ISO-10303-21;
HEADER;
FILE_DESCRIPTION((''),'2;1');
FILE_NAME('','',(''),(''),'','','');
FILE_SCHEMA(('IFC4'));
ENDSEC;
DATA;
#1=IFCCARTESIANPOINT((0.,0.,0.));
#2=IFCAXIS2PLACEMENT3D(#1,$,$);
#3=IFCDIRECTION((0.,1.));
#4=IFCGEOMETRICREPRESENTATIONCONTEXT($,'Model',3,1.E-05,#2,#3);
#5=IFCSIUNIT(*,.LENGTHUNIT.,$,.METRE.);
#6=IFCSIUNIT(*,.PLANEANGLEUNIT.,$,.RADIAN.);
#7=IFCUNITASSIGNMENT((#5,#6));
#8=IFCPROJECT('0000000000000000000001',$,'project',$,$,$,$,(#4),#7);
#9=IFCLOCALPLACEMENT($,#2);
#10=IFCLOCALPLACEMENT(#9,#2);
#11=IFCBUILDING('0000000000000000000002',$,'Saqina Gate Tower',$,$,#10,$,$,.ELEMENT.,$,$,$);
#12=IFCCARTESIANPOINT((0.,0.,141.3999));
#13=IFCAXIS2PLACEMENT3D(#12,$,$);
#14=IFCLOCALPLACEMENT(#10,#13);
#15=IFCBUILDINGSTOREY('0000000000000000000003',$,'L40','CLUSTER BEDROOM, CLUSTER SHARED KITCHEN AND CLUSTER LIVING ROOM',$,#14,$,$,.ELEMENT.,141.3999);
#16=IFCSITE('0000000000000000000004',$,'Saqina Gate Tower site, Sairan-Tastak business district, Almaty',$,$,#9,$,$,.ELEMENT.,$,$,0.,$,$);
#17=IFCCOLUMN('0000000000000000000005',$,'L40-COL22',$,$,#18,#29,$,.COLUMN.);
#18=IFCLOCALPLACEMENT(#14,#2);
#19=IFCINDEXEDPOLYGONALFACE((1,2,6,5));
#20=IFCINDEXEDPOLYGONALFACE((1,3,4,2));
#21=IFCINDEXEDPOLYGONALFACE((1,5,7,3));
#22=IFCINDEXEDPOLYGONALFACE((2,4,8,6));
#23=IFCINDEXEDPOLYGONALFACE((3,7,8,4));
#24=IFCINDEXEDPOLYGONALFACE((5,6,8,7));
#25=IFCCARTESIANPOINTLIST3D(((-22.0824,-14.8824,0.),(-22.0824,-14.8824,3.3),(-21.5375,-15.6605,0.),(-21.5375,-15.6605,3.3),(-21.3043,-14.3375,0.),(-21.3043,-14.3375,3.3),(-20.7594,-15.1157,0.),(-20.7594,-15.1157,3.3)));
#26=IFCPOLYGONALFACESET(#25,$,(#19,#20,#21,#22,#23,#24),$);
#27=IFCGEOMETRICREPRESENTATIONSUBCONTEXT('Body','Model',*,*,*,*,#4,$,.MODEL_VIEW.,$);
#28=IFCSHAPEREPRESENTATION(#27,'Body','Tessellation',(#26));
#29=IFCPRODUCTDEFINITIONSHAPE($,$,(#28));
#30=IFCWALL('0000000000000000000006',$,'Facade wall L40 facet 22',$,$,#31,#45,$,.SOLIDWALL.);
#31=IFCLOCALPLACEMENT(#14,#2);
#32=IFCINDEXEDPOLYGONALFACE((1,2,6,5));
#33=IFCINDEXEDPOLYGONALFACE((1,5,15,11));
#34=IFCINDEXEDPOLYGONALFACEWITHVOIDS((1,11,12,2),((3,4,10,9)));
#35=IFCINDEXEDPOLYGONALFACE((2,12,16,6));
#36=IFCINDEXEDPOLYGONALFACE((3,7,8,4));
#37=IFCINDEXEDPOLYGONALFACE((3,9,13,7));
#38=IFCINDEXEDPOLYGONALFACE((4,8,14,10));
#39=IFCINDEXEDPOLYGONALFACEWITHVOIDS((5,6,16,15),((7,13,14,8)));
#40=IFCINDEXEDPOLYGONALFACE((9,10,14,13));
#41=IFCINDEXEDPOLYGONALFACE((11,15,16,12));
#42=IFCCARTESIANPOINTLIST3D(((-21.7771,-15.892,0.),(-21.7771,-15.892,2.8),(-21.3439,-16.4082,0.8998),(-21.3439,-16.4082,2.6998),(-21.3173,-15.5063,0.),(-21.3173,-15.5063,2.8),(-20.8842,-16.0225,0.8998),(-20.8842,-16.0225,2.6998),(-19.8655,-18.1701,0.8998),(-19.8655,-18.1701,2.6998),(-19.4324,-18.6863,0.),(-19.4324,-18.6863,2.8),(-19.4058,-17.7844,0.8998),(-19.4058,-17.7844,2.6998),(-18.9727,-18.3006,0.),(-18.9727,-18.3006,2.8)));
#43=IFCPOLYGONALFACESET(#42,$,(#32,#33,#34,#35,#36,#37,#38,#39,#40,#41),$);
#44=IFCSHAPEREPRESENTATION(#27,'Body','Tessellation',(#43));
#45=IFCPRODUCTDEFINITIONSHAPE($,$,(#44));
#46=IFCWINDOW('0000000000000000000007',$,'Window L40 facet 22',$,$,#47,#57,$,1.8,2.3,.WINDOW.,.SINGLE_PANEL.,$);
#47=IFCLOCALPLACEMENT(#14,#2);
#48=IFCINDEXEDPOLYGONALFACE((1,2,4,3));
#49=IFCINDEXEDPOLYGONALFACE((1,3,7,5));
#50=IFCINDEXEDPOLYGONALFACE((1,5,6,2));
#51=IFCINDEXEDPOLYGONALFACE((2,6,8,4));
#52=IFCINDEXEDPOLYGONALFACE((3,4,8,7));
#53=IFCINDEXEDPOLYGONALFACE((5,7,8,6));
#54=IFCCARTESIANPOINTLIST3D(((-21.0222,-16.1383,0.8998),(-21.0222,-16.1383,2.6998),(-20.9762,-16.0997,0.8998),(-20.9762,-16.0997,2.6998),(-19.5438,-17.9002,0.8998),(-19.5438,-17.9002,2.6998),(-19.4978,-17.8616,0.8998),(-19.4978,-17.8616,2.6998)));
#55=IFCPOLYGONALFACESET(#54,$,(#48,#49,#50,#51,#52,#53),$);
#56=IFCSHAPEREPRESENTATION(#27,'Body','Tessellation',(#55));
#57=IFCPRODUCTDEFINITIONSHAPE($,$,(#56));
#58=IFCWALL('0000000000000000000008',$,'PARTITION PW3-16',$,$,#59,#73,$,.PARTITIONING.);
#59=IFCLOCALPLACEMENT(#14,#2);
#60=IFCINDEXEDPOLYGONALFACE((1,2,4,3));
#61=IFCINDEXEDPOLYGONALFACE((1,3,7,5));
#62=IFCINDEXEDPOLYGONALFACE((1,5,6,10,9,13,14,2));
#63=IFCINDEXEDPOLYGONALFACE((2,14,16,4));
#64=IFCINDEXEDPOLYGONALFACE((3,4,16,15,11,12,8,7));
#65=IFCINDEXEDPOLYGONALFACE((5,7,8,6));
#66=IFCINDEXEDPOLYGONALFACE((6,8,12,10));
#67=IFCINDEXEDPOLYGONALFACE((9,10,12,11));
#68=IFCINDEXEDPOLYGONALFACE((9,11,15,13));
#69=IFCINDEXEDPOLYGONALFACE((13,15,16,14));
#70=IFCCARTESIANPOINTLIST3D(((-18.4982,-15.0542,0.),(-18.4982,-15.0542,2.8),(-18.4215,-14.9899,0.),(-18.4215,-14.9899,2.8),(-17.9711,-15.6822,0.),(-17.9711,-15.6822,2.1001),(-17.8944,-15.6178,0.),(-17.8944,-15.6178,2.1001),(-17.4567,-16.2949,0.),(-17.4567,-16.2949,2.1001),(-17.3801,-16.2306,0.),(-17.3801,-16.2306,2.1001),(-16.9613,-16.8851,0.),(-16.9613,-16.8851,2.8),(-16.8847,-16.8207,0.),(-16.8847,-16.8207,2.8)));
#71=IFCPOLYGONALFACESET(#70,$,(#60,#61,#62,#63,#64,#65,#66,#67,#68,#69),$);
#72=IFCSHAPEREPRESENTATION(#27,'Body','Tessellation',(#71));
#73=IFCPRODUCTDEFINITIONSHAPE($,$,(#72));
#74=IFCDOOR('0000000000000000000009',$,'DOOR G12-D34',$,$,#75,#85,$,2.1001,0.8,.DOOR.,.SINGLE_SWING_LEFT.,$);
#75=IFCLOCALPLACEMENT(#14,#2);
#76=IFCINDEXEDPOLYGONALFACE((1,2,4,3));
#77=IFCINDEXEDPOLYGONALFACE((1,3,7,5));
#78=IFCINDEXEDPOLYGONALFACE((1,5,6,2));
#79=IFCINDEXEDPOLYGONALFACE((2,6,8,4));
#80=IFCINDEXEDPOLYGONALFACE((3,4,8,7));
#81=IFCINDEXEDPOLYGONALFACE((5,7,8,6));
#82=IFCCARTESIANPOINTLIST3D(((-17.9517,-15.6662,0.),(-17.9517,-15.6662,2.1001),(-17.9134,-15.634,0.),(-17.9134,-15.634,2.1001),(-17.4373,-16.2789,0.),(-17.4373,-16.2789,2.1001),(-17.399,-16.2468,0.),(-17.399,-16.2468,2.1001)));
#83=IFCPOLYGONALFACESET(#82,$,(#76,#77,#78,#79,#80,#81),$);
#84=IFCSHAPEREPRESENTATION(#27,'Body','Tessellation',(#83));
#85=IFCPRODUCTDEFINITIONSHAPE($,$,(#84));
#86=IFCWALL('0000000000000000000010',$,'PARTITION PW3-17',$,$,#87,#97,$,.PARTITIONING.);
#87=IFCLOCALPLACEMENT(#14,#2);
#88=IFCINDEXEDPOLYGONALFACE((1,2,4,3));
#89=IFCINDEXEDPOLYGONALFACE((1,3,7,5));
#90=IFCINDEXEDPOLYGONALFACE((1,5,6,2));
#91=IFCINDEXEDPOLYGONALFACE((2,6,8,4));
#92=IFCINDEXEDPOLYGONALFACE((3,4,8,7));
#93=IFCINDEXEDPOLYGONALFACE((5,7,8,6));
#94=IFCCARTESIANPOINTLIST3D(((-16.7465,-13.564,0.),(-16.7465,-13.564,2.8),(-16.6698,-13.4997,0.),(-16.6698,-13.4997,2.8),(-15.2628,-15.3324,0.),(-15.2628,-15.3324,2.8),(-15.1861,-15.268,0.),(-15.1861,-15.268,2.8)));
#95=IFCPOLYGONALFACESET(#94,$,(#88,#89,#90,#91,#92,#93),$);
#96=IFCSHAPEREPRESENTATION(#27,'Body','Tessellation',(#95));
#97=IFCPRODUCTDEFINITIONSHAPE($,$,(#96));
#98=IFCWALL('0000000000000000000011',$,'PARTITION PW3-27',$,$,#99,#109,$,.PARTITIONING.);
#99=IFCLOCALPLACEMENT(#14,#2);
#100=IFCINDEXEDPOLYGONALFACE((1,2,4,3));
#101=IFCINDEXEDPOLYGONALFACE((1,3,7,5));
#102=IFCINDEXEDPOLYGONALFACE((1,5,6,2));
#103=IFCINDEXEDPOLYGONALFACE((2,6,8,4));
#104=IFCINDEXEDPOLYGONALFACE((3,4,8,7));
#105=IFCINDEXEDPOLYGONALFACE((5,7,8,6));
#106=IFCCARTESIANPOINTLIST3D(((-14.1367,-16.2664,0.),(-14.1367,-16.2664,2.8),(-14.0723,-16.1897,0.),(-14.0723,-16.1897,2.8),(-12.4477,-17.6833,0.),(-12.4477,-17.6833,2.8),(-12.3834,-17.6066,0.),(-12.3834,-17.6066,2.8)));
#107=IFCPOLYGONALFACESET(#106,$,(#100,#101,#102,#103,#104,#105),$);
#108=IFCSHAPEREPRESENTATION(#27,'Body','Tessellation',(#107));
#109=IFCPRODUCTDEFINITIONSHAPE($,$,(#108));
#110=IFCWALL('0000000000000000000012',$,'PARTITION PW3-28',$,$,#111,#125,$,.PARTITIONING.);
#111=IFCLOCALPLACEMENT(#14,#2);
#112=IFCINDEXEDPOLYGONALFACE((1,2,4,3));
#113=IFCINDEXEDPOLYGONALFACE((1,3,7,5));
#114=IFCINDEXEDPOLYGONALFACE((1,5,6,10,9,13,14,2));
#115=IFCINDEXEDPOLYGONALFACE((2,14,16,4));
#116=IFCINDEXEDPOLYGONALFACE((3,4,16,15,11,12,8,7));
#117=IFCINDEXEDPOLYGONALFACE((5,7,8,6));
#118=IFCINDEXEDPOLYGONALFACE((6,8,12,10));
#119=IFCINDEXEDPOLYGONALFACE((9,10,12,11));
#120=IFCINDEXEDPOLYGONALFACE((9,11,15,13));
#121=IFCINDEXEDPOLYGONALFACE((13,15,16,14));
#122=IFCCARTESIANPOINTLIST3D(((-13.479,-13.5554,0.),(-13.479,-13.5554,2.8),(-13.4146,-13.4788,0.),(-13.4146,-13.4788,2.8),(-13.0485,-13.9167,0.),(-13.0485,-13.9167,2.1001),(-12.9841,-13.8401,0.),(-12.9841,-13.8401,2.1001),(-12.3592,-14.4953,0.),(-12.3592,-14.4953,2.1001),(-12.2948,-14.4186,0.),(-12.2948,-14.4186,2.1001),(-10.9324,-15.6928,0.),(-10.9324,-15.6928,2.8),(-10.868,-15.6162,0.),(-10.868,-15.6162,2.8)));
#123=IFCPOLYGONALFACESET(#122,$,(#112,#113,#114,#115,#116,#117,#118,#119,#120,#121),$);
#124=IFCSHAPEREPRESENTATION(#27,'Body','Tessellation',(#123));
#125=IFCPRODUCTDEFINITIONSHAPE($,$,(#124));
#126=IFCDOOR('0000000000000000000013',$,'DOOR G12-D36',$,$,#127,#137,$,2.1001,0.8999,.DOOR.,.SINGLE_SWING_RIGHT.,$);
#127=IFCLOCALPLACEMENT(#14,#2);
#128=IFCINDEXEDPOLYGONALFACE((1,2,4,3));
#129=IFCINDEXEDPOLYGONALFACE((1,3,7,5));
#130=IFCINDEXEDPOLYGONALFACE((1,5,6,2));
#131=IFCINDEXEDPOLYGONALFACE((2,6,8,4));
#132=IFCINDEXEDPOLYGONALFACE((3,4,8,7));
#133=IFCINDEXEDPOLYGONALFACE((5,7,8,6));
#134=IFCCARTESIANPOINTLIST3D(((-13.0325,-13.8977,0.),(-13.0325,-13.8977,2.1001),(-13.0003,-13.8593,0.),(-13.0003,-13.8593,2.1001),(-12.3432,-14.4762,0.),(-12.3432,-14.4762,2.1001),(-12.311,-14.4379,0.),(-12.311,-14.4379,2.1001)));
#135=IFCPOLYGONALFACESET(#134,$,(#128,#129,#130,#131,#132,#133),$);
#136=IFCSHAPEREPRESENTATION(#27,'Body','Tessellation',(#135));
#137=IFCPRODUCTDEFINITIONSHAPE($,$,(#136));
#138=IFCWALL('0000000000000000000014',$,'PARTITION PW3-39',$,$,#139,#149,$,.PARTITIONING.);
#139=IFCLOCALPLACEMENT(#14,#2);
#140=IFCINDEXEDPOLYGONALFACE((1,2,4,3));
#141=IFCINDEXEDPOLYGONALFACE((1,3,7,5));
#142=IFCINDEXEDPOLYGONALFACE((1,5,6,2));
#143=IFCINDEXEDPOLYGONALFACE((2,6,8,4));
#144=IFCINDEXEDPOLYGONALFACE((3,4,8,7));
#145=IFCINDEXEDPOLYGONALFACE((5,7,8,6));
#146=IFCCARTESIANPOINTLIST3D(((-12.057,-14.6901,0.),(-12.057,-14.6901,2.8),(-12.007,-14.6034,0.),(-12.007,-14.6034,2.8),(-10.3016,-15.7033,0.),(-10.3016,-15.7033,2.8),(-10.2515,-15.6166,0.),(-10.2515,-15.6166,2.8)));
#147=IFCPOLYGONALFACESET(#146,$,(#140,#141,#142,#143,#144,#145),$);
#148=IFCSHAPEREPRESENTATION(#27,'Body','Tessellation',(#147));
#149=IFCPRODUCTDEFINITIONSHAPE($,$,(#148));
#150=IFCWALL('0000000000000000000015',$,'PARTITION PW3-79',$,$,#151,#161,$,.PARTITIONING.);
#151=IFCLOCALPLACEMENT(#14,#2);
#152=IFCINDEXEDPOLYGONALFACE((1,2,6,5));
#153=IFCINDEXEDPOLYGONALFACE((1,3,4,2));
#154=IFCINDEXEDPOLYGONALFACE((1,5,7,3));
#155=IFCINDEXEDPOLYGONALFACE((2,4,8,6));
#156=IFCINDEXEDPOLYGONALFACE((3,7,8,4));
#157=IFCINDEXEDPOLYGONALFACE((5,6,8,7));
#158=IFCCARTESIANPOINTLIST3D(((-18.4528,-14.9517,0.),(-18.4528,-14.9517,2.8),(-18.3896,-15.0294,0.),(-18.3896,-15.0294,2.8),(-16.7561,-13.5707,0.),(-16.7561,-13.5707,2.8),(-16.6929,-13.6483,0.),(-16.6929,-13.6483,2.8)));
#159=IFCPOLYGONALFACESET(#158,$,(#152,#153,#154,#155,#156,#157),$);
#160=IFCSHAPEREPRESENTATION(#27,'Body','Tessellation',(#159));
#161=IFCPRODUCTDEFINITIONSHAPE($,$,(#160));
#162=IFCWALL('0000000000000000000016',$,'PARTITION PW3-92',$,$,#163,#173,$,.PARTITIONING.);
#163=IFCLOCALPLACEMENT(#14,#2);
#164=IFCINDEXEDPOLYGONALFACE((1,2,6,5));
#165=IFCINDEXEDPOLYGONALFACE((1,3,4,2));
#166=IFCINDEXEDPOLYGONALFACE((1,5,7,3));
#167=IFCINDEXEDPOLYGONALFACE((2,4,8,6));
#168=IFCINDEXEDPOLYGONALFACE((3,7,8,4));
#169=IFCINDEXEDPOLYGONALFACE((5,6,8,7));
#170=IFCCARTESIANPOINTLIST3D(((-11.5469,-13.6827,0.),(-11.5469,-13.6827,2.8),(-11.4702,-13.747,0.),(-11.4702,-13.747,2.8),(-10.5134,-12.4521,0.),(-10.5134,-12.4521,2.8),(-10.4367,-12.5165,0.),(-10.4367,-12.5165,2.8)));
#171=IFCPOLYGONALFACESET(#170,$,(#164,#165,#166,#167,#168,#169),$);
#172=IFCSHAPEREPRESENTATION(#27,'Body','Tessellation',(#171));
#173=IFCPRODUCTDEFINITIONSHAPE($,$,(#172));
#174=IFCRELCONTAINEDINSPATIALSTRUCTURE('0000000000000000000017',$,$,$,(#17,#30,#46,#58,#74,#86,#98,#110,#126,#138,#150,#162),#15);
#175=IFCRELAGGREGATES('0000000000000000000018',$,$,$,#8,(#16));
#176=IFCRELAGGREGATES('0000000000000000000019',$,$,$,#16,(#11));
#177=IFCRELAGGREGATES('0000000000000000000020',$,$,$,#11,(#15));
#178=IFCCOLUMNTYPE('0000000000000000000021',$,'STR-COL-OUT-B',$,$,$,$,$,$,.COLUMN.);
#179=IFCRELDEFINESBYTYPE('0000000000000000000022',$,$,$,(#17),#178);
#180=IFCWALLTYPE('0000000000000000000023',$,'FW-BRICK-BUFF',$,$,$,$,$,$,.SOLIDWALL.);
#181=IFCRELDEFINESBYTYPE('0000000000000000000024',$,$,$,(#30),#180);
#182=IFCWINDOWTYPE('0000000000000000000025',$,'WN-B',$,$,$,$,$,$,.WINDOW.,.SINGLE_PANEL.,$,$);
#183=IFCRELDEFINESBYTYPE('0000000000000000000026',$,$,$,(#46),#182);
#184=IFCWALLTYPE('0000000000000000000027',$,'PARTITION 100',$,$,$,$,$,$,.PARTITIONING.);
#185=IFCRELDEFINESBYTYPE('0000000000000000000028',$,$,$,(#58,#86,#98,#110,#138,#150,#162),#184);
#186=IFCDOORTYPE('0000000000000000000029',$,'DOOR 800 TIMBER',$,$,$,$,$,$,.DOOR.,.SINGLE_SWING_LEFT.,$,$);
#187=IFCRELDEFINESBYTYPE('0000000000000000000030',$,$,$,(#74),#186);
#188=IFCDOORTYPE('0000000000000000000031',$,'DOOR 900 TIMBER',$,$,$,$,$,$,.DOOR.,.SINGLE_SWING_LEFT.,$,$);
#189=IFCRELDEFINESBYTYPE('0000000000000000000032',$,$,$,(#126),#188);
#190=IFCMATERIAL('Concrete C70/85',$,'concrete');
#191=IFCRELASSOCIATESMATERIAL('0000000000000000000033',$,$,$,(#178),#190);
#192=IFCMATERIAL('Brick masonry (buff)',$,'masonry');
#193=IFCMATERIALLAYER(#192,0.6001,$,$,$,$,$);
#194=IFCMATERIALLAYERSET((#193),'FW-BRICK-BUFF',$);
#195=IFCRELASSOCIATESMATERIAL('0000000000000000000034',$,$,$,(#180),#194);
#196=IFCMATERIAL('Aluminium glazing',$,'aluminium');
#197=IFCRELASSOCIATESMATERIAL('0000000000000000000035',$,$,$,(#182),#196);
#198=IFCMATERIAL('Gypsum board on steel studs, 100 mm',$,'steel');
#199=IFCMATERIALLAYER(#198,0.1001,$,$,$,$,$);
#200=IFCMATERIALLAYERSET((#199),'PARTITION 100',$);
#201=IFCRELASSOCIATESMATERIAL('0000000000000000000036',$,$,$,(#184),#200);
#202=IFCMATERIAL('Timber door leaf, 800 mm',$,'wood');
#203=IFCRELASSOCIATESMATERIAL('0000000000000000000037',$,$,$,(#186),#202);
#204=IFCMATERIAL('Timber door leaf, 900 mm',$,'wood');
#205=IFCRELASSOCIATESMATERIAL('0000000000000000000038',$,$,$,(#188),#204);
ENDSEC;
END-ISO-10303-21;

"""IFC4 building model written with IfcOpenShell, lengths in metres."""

from ifc_helpers import new_model, si_unit, direction, frame, frame_2d, origin, origin_2d, place, context, subcontext, project, spatial, rectangle, extrude, material, layer, layer_set, material_profile, profile_set, type_object, element, fill, save


model = new_model("IFC4")

# Units and contexts
model_context = context("Model", 3, precision=1e-05, world=origin(), true_north=direction((0.0, 1.0)))
body_context = subcontext(model_context, "Body", "Model", "MODEL_VIEW")
ifc_project = project(units=[si_unit("LENGTHUNIT", "METRE"), si_unit("PLANEANGLEUNIT", "RADIAN")], contexts=[model_context])

# Site, building, storey
site_placement = place(None, origin())
site = spatial("IfcSite", under=ifc_project, at=site_placement, Name="Saqina Gate Tower site, Sairan-Tastak business district, Almaty", CompositionType="ELEMENT", RefElevation=0.0)
building_placement = place(site_placement, origin())
building = spatial("IfcBuilding", under=site, at=building_placement, Name="Saqina Gate Tower", CompositionType="ELEMENT")
storey_placement = place(building_placement, frame((0.0, 0.0, 141.3999)))
storey = spatial("IfcBuildingStorey", under=building, at=storey_placement, Name="L40", Description="CLUSTER BEDROOM, CLUSTER SHARED KITCHEN AND CLUSTER LIVING ROOM", CompositionType="ELEMENT", Elevation=141.3999)

# Column
ifc_material_1 = material(Name="Concrete C70/85", Category="concrete")
ifc_material_profile = material_profile(ifc_material_1, rectangle(XDim=0.95, YDim=0.95, at=origin_2d()), Name="RC 950x950")
ifc_profile_set = profile_set([ifc_material_profile], Name="Concrete C70/85")
column_type = type_object("IfcColumnType", Name="STR-COL-OUT-B", PredefinedType="COLUMN", material=ifc_profile_set)
column_placement = place(storey_placement, frame((-21.4209, -14.999, 0.0), z_axis=(0.0, 0.0, 1.0), x_axis=(-0.819152, -0.573576, 0.0)))
element("IfcColumn", 1, at=column_placement, inside=storey, type_object=column_type, Name="L40-COL22", PredefinedType="COLUMN", context=body_context, shape_type="SweptSolid", body=[
    extrude(rectangle(XDim=0.95, YDim=0.95, at=origin_2d()), origin(), (0.0, 0.0, 1.0), 3.3),
])

# Wall, opening, window
ifc_material_2 = material(Name="Brick masonry (buff)", Category="masonry")
ifc_layer_1 = layer(ifc_material_2, 0.6001)
ifc_layer_set_1 = layer_set([ifc_layer_1], Name="FW-BRICK-BUFF")
wall_type_1 = type_object("IfcWallType", Name="FW-BRICK-BUFF", PredefinedType="SOLIDWALL", material=ifc_layer_set_1)
wall_1_placement = place(storey_placement, frame((-21.5471, -15.6992, 0.0), z_axis=(0.0, 0.0, 1.0), x_axis=(0.642774, -0.766055, 0.0)))
wall_1 = element("IfcWall", 2, at=wall_1_placement, inside=storey, type_object=wall_type_1, Name="Facade wall L40 facet 22", PredefinedType="SOLIDWALL", context=body_context, shape_type="SweptSolid", body=[
    extrude(rectangle(XDim=3.6477, YDim=0.6001, at=frame_2d((1.8237, 0.0))), origin(), (0.0, 0.0, 1.0), 2.8),
])
opening_1_placement = place(wall_1_placement, frame((0.6738, 0.0, 0.8999)))
opening_1 = element("IfcOpeningElement", 3, at=opening_1_placement, cuts=wall_1, PredefinedType="OPENING", context=body_context, shape_type="SweptSolid", body=[
    extrude(rectangle(XDim=2.3, YDim=1.8, at=frame_2d((1.1499, 0.8999))), frame((0.0, 0.312, 0.0), z_axis=(0.0, -1.0, 0.0), x_axis=(1.0, 0.0, 0.0)), (0.0, 0.0, 1.0), 0.624),
])
ifc_material_3 = material(Name="Aluminium glazing", Category="aluminium")
window_type = type_object("IfcWindowType", Name="WN-B", PartitioningType="SINGLE_PANEL", PredefinedType="WINDOW", material=ifc_material_3)
window_placement = place(opening_1_placement, origin())
window = element("IfcWindow", 4, at=window_placement, inside=storey, type_object=window_type, Name="Window L40 facet 22", OverallHeight=1.8, OverallWidth=2.3, PartitioningType="SINGLE_PANEL", PredefinedType="WINDOW", context=body_context, shape_type="SweptSolid", body=[
    extrude(rectangle(XDim=2.3, YDim=1.8, at=frame_2d((1.1499, 0.8999))), frame((0.0, 0.1799, 0.0), z_axis=(0.0, -1.0, 0.0), x_axis=(1.0, 0.0, 0.0)), (0.0, 0.0, 1.0), 0.0601),
])
fill(opening_1, window)

# Wall, opening, door
ifc_material_4 = material(Name="Gypsum board on steel studs, 100 mm", Category="steel")
ifc_layer_2 = layer(ifc_material_4, 0.1001)
ifc_layer_set_2 = layer_set([ifc_layer_2], Name="PARTITION 100")
wall_type_2 = type_object("IfcWallType", Name="PARTITION 100", PredefinedType="PARTITIONING", material=ifc_layer_set_2)
wall_2_placement = place(storey_placement, frame((-18.46, -15.022, 0.0), z_axis=(0.0, 0.0, 1.0), x_axis=(0.642943, -0.765914, 0.0)))
wall_2 = element("IfcWall", 5, at=wall_2_placement, inside=storey, type_object=wall_type_2, Name="PARTITION PW3-16", PredefinedType="PARTITIONING", context=body_context, shape_type="SweptSolid", body=[
    extrude(rectangle(XDim=2.3904, YDim=0.1001, at=frame_2d((1.1953, 0.0))), origin(), (0.0, 0.0, 1.0), 2.8),
])
opening_2_placement = place(wall_2_placement, frame((0.8201, 0.0, 0.0)))
opening_2 = element("IfcOpeningElement", 6, at=opening_2_placement, cuts=wall_2, PredefinedType="OPENING", context=body_context, shape_type="SweptSolid", body=[
    extrude(rectangle(XDim=0.8, YDim=2.1001, at=frame_2d((0.3999, 1.05))), frame((0.0, 0.062, 0.0), z_axis=(0.0, -1.0, 0.0), x_axis=(1.0, 0.0, 0.0)), (0.0, 0.0, 1.0), 0.124),
])
ifc_material_5 = material(Name="Timber door leaf, 800 mm", Category="wood")
door_type_1 = type_object("IfcDoorType", Name="DOOR 800 TIMBER", OperationType="SINGLE_SWING_LEFT", PredefinedType="DOOR", material=ifc_material_5)
door_1_placement = place(opening_2_placement, frame((0.8, 0.0, 0.0), z_axis=(0.0, 0.0, 1.0), x_axis=(-1.0, 0.0, 0.0)))
door_1 = element("IfcDoor", 7, at=door_1_placement, inside=storey, type_object=door_type_1, Name="DOOR G12-D34", OperationType="SINGLE_SWING_LEFT", OverallHeight=2.1001, OverallWidth=0.8, PredefinedType="DOOR", context=body_context, shape_type="SweptSolid", body=[
    extrude(rectangle(XDim=0.8, YDim=2.1001, at=frame_2d((0.3999, 1.05))), frame((0.0, 0.0249, 0.0), z_axis=(0.0, -1.0, 0.0), x_axis=(1.0, 0.0, 0.0)), (0.0, 0.0, 1.0), 0.05),
])
fill(opening_2, door_1)

# Walls
wall_3_placement = place(storey_placement, frame((-16.7083, -13.5317, 0.0), z_axis=(0.0, 0.0, 1.0), x_axis=(0.64275, -0.766076, 0.0)))
element("IfcWall", 8, at=wall_3_placement, inside=storey, type_object=wall_type_2, Name="PARTITION PW3-17", PredefinedType="PARTITIONING", context=body_context, shape_type="SweptSolid", body=[
    extrude(rectangle(XDim=2.3083, YDim=0.1001, at=frame_2d((1.1543, 0.0))), origin(), (0.0, 0.0, 1.0), 2.8),
])
wall_4_placement = place(storey_placement, frame((-14.1045, -16.228, 0.0), z_axis=(0.0, 0.0, 1.0), x_axis=(0.766093, -0.64273, 0.0)))
element("IfcWall", 9, at=wall_4_placement, inside=storey, type_object=wall_type_2, Name="PARTITION PW3-27", PredefinedType="PARTITIONING", context=body_context, shape_type="SweptSolid", body=[
    extrude(rectangle(XDim=2.2046, YDim=0.1001, at=frame_2d((1.1023, 0.0))), origin(), (0.0, 0.0, 1.0), 2.8),
])

# Wall, opening, door
wall_5_placement = place(storey_placement, frame((-13.4468, -13.5171, 0.0), z_axis=(0.0, 0.0, 1.0), x_axis=(0.765959, -0.642889, 0.0)))
wall_5 = element("IfcWall", 10, at=wall_5_placement, inside=storey, type_object=wall_type_2, Name="PARTITION PW3-28", PredefinedType="PARTITIONING", context=body_context, shape_type="SweptSolid", body=[
    extrude(rectangle(XDim=3.3247, YDim=0.1001, at=frame_2d((1.6624, 0.0))), origin(), (0.0, 0.0, 1.0), 2.8),
])
opening_3_placement = place(wall_5_placement, frame((0.562, 0.0, 0.0)))
opening_3 = element("IfcOpeningElement", 11, at=opening_3_placement, cuts=wall_5, PredefinedType="OPENING", context=body_context, shape_type="SweptSolid", body=[
    extrude(rectangle(XDim=0.8999, YDim=2.1001, at=frame_2d((0.45, 1.05))), frame((0.0, 0.062, 0.0), z_axis=(0.0, -1.0, 0.0), x_axis=(1.0, 0.0, 0.0)), (0.0, 0.0, 1.0), 0.124),
])
ifc_material_6 = material(Name="Timber door leaf, 900 mm", Category="wood")
door_type_2 = type_object("IfcDoorType", Name="DOOR 900 TIMBER", OperationType="SINGLE_SWING_LEFT", PredefinedType="DOOR", material=ifc_material_6)
door_2_placement = place(opening_3_placement, origin())
door_2 = element("IfcDoor", 12, at=door_2_placement, inside=storey, type_object=door_type_2, Name="DOOR G12-D36", OperationType="SINGLE_SWING_RIGHT", OverallHeight=2.1001, OverallWidth=0.8999, PredefinedType="DOOR", context=body_context, shape_type="SweptSolid", body=[
    extrude(rectangle(XDim=0.8999, YDim=2.1001, at=frame_2d((0.45, 1.05))), frame((0.0, 0.0249, 0.0), z_axis=(0.0, -1.0, 0.0), x_axis=(1.0, 0.0, 0.0)), (0.0, 0.0, 1.0), 0.05),
])
fill(opening_3, door_2)

# Walls
wall_6_placement = place(storey_placement, frame((-12.032, -14.6467, 0.0), z_axis=(0.0, 0.0, 1.0), x_axis=(0.866085, -0.499896, 0.0)))
element("IfcWall", 13, at=wall_6_placement, inside=storey, type_object=wall_type_2, Name="PARTITION PW3-39", PredefinedType="PARTITIONING", context=body_context, shape_type="SweptSolid", body=[
    extrude(rectangle(XDim=2.0269, YDim=0.1001, at=frame_2d((1.0134, 0.0))), origin(), (0.0, 0.0, 1.0), 2.8),
])
wall_7_placement = place(storey_placement, frame((-18.4211, -14.9905, 0.0), z_axis=(0.0, 0.0, 1.0), x_axis=(0.775561, 0.631273, 0.0)))
element("IfcWall", 14, at=wall_7_placement, inside=storey, type_object=wall_type_2, Name="PARTITION PW3-79", PredefinedType="PARTITIONING", context=body_context, shape_type="SweptSolid", body=[
    extrude(rectangle(XDim=2.1877, YDim=0.1001, at=frame_2d((1.0938, 0.0))), origin(), (0.0, 0.0, 1.0), 2.8),
])
wall_8_placement = place(storey_placement, frame((-11.5085, -13.7148, 0.0), z_axis=(0.0, 0.0, 1.0), x_axis=(0.643139, 0.76575, 0.0)))
element("IfcWall", 15, at=wall_8_placement, inside=storey, type_object=wall_type_2, Name="PARTITION PW3-92", PredefinedType="PARTITIONING", context=body_context, shape_type="SweptSolid", body=[
    extrude(rectangle(XDim=1.6069, YDim=0.1001, at=frame_2d((0.8035, 0.0))), origin(), (0.0, 0.0, 1.0), 2.8),
])

save(model, "model.ifc")
